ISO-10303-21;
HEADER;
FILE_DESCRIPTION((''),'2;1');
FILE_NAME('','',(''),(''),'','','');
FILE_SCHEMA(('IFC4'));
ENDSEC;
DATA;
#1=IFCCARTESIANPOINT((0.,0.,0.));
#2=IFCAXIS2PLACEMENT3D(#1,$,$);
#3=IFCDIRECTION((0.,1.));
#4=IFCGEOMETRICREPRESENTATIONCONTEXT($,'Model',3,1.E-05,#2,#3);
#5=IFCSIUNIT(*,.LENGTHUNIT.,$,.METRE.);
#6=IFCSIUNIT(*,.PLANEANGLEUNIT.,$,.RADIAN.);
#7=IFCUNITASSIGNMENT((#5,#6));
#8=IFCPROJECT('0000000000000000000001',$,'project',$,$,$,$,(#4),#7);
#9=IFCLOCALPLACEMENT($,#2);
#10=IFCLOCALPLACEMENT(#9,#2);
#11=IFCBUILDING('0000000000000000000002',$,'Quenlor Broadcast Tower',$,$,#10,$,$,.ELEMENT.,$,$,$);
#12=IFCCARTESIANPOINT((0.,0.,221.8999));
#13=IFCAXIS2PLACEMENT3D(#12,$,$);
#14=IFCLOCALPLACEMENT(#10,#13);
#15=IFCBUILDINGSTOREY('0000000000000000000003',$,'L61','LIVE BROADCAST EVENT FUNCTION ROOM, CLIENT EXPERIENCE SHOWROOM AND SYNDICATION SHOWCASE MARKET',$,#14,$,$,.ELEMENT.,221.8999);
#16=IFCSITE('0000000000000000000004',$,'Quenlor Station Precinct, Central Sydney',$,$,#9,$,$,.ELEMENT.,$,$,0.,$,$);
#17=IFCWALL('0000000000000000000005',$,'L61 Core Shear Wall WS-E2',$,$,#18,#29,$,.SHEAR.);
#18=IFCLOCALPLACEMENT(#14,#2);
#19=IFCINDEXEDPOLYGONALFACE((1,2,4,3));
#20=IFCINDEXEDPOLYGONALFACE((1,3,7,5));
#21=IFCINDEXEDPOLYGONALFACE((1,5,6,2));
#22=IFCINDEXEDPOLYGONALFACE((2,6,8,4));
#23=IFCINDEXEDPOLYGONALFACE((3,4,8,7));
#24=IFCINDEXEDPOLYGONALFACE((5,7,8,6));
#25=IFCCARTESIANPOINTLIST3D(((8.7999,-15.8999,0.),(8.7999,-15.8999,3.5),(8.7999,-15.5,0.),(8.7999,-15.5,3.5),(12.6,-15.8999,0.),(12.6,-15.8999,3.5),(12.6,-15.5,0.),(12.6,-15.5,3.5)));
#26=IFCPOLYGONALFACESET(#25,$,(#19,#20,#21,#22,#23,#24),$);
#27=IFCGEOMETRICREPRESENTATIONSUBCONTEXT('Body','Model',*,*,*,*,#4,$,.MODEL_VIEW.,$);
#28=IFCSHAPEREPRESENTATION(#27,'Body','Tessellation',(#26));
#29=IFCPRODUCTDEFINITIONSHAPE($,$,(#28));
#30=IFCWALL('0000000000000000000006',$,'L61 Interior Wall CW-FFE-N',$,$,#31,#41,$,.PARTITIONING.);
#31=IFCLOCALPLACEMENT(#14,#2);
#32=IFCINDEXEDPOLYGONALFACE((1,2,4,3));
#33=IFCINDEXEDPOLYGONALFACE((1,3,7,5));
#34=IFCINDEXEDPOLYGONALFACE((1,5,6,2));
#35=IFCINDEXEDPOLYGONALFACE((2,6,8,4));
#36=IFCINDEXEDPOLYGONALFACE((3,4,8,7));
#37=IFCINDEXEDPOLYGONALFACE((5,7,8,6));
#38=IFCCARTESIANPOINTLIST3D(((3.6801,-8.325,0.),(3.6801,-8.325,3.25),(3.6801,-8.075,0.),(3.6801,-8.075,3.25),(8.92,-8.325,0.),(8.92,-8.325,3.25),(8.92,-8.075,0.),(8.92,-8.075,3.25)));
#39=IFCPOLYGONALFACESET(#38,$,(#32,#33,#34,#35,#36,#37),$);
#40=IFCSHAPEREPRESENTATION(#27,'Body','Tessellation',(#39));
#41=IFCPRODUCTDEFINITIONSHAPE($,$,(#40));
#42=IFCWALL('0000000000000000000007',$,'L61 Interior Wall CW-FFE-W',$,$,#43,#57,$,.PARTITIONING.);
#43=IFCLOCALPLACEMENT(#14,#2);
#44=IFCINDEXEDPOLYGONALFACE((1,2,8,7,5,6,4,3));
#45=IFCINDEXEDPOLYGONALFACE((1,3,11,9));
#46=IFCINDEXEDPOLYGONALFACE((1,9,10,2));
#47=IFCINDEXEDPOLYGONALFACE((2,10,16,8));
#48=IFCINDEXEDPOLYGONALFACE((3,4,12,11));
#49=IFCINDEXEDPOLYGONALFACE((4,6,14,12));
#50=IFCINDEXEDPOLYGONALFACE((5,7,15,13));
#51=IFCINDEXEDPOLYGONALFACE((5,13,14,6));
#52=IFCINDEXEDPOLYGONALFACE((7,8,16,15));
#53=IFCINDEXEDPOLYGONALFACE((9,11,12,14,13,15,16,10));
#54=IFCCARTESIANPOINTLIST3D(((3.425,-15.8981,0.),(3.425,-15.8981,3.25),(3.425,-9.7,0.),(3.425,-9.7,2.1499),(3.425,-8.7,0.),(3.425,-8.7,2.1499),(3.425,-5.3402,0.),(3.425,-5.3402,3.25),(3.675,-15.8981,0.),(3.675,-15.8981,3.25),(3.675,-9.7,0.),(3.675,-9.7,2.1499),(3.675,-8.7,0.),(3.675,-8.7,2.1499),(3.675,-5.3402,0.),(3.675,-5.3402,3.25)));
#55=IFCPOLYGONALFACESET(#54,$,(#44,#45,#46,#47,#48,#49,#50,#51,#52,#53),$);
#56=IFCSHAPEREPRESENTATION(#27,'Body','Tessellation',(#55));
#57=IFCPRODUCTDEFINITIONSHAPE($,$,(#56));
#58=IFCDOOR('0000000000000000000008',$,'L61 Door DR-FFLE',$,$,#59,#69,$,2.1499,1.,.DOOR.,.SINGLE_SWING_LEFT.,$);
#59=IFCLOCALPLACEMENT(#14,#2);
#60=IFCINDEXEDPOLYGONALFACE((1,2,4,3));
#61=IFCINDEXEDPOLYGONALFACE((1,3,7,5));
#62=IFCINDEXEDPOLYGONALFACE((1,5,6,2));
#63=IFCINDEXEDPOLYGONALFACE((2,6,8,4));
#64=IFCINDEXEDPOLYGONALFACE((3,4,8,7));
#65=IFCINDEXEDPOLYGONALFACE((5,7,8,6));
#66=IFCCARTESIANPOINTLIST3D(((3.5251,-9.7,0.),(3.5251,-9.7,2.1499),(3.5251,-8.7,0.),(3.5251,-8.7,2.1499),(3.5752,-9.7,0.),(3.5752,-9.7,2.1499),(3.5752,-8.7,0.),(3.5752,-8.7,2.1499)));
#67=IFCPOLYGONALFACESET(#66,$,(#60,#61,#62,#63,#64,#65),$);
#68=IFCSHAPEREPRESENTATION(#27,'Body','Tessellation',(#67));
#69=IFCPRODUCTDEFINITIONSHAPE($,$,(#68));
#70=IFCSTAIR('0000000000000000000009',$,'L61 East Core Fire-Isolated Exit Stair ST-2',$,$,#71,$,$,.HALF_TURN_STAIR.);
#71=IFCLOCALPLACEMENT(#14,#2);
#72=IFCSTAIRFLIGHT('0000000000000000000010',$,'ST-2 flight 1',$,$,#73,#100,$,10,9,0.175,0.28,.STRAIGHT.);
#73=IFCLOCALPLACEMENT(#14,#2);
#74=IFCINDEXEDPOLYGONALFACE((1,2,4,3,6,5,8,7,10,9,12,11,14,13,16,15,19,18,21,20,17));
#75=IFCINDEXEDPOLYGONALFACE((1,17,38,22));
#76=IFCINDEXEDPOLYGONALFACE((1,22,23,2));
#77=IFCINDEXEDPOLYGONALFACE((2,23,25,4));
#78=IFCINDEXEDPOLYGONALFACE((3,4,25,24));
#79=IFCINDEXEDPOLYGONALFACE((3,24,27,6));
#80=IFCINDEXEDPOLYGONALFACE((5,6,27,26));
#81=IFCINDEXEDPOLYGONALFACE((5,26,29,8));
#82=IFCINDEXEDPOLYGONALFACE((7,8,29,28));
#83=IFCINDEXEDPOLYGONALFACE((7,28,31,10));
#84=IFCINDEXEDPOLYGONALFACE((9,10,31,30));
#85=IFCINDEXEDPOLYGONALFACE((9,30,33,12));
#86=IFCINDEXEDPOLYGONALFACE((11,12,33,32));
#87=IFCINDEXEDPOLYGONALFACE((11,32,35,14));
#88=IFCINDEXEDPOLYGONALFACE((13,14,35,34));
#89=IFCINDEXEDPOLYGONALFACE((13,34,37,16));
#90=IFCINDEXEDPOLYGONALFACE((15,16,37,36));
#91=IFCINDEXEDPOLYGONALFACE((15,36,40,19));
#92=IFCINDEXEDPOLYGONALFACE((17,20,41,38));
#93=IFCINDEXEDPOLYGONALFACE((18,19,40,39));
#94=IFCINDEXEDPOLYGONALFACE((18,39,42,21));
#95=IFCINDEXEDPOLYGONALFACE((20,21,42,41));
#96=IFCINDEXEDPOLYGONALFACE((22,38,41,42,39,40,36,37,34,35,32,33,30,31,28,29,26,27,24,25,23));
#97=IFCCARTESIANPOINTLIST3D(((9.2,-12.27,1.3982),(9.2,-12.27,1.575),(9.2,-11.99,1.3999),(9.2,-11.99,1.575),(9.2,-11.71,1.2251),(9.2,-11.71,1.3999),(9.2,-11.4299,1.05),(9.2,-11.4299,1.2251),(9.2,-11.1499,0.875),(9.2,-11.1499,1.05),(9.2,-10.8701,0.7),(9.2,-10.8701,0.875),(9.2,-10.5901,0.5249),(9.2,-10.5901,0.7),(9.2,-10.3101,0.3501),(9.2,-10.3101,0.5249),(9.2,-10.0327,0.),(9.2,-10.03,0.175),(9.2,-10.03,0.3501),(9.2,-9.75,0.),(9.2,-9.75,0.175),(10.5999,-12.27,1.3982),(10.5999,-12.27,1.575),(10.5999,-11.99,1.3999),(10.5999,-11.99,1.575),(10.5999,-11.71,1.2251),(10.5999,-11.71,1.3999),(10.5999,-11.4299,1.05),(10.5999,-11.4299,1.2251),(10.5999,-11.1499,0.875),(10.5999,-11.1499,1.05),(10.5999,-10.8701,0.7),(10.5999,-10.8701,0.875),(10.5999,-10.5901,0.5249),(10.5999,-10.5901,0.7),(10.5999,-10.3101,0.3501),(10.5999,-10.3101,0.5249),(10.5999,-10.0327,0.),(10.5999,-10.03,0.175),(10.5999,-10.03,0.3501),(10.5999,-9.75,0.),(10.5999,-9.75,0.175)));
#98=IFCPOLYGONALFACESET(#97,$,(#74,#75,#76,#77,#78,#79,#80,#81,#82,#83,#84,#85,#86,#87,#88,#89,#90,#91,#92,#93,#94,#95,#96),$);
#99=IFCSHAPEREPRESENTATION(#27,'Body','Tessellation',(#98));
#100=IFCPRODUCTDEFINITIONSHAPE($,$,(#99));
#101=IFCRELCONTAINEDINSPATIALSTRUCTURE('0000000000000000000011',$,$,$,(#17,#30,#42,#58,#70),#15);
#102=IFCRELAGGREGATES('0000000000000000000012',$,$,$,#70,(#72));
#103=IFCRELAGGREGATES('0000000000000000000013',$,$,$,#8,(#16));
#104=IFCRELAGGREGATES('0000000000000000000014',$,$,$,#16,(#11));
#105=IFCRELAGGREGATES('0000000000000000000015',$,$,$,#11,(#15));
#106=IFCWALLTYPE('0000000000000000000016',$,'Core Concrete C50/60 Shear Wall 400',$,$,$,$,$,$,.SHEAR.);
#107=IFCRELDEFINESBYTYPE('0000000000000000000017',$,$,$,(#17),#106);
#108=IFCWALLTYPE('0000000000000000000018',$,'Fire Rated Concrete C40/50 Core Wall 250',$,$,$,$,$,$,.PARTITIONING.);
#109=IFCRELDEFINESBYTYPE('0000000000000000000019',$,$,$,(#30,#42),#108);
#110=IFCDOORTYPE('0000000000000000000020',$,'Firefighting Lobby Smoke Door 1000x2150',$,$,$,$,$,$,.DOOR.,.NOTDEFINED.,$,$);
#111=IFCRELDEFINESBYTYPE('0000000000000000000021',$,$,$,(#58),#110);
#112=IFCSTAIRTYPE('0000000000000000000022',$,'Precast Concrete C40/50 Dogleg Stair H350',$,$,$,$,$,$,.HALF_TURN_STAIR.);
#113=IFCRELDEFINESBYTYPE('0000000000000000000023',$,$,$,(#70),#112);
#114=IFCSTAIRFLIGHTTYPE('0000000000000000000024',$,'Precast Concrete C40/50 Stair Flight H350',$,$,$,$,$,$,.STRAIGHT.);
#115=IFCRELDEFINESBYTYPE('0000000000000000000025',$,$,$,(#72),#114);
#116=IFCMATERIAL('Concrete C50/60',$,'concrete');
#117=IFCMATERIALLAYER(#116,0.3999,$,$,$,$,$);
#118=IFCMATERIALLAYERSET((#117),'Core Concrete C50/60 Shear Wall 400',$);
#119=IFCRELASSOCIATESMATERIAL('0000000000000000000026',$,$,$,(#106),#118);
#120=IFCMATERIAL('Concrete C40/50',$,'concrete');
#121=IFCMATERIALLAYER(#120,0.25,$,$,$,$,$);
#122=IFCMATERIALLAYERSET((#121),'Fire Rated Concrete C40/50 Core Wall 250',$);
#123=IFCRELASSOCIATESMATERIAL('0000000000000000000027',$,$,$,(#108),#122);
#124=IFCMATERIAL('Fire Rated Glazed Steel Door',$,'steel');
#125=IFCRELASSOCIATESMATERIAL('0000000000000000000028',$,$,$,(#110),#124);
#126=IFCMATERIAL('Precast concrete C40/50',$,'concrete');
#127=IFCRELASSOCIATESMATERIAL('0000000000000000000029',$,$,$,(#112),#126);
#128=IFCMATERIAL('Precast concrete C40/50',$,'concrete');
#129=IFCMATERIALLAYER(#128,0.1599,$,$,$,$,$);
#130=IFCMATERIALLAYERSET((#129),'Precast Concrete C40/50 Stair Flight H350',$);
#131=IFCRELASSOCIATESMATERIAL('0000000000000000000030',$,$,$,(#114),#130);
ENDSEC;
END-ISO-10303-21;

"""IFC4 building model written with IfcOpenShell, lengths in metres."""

from ifc_helpers import new_model, si_unit, direction, frame, frame_2d, origin, place, context, subcontext, project, spatial, polyline, rectangle, outline, extrude, material, layer, layer_set, type_object, element, fill, aggregate, save


model = new_model("IFC4")

# Units and contexts
model_context = context("Model", 3, precision=1e-05, world=origin(), true_north=direction((0.0, 1.0)))
body_context = subcontext(model_context, "Body", "Model", "MODEL_VIEW")
ifc_project = project(units=[si_unit("LENGTHUNIT", "METRE"), si_unit("PLANEANGLEUNIT", "RADIAN")], contexts=[model_context])

# Site, building, storey
site_placement = place(None, origin())
site = spatial("IfcSite", under=ifc_project, at=site_placement, Name="Quenlor Station Precinct, Central Sydney", CompositionType="ELEMENT", RefElevation=0.0)
building_placement = place(site_placement, origin())
building = spatial("IfcBuilding", under=site, at=building_placement, Name="Quenlor Broadcast Tower", CompositionType="ELEMENT")
storey_placement = place(building_placement, frame((0.0, 0.0, 221.8999)))
storey = spatial("IfcBuildingStorey", under=building, at=storey_placement, Name="L61", Description="LIVE BROADCAST EVENT FUNCTION ROOM, CLIENT EXPERIENCE SHOWROOM AND SYNDICATION SHOWCASE MARKET", CompositionType="ELEMENT", Elevation=221.8999)

# Wall
ifc_material_1 = material(Name="Concrete C50/60", Category="concrete")
ifc_layer_1 = layer(ifc_material_1, 0.3999)
ifc_layer_set_1 = layer_set([ifc_layer_1], Name="Core Concrete C50/60 Shear Wall 400")
wall_type_1 = type_object("IfcWallType", Name="Core Concrete C50/60 Shear Wall 400", PredefinedType="SHEAR", material=ifc_layer_set_1)
wall_1_placement = place(storey_placement, frame((8.8, -15.7, 0.0), z_axis=(0.0, 0.0, 1.0), x_axis=(1.0, 0.0, 0.0)))
element("IfcWall", 1, at=wall_1_placement, inside=storey, type_object=wall_type_1, Name="L61 Core Shear Wall WS-E2", PredefinedType="SHEAR", context=body_context, shape_type="SweptSolid", body=[
    extrude(rectangle(XDim=3.8, YDim=0.3999, at=frame_2d((1.8999, 0.0))), origin(), (0.0, 0.0, 1.0), 3.5),
])

# Shared definitions
ifc_material_2 = material(Name="Concrete C40/50", Category="concrete")
ifc_layer_2 = layer(ifc_material_2, 0.25)
ifc_layer_set_2 = layer_set([ifc_layer_2], Name="Fire Rated Concrete C40/50 Core Wall 250")
wall_type_2 = type_object("IfcWallType", Name="Fire Rated Concrete C40/50 Core Wall 250", PredefinedType="PARTITIONING", material=ifc_layer_set_2)

# Wall
wall_2_placement = place(storey_placement, frame((3.6799, -8.2, 0.0), z_axis=(0.0, 0.0, 1.0), x_axis=(1.0, 0.0, 0.0)))
element("IfcWall", 2, at=wall_2_placement, inside=storey, type_object=wall_type_2, Name="L61 Interior Wall CW-FFE-N", PredefinedType="PARTITIONING", context=body_context, shape_type="SweptSolid", body=[
    extrude(rectangle(XDim=5.24, YDim=0.25, at=frame_2d((2.6201, 0.0))), origin(), (0.0, 0.0, 1.0), 3.25),
])

# Wall, opening, door
wall_3_placement = place(storey_placement, frame((3.55, -15.8979, 0.0), z_axis=(0.0, 0.0, 1.0), x_axis=(0.0, 1.0, 0.0)))
wall_3 = element("IfcWall", 3, at=wall_3_placement, inside=storey, type_object=wall_type_2, Name="L61 Interior Wall CW-FFE-W", PredefinedType="PARTITIONING", context=body_context, shape_type="SweptSolid", body=[
    extrude(rectangle(XDim=10.5579, YDim=0.25, at=frame_2d((5.2788, 0.0))), origin(), (0.0, 0.0, 1.0), 3.25),
])
opening_1_placement = place(wall_3_placement, frame((6.198, 0.0, 0.0)))
opening_1 = element("IfcOpeningElement", 4, at=opening_1_placement, cuts=wall_3, PredefinedType="OPENING", context=body_context, shape_type="SweptSolid", body=[
    extrude(rectangle(XDim=1.0, YDim=2.1499, at=frame_2d((0.5, 1.075))), frame((0.0, 0.135, 0.0), z_axis=(0.0, -1.0, 0.0), x_axis=(1.0, 0.0, 0.0)), (0.0, 0.0, 1.0), 0.27),
])
ifc_material_3 = material(Name="Fire Rated Glazed Steel Door", Category="steel")
door_type_1 = type_object("IfcDoorType", Name="Firefighting Lobby Smoke Door 1000x2150", OperationType="NOTDEFINED", PredefinedType="DOOR", material=ifc_material_3)
door_1_placement = place(opening_1_placement, origin())
door_1 = element("IfcDoor", 5, at=door_1_placement, inside=storey, type_object=door_type_1, Name="L61 Door DR-FFLE", OperationType="SINGLE_SWING_LEFT", OverallHeight=2.1499, OverallWidth=1.0, PredefinedType="DOOR", context=body_context, shape_type="SweptSolid", body=[
    extrude(rectangle(XDim=1.0, YDim=2.1499, at=frame_2d((0.5, 1.075))), frame((0.0, 0.0249, 0.0), z_axis=(0.0, -1.0, 0.0), x_axis=(1.0, 0.0, 0.0)), (0.0, 0.0, 1.0), 0.05),
])
fill(opening_1, door_1)

# Stair, stair flight
ifc_material_4 = material(Name="Precast concrete C40/50", Category="concrete")
stair_type = type_object("IfcStairType", Name="Precast Concrete C40/50 Dogleg Stair H350", PredefinedType="HALF_TURN_STAIR", material=ifc_material_4)
stair_placement = place(storey_placement, origin())
stair = element("IfcStair", 6, at=stair_placement, inside=storey, type_object=stair_type, Name="L61 East Core Fire-Isolated Exit Stair ST-2", PredefinedType="HALF_TURN_STAIR")
ifc_material_5 = material(Name="Precast concrete C40/50", Category="concrete")
ifc_layer_3 = layer(ifc_material_5, 0.1599)
ifc_layer_set_3 = layer_set([ifc_layer_3], Name="Precast Concrete C40/50 Stair Flight H350")
stair_flight_type = type_object("IfcStairFlightType", Name="Precast Concrete C40/50 Stair Flight H350", PredefinedType="STRAIGHT", material=ifc_layer_set_3)
stair_flight_placement = place(storey_placement, frame((9.8999, -9.75, 0.0), z_axis=(0.0, 0.0, 1.0), x_axis=(0.0, -1.0, 0.0)))
stair_flight = element("IfcStairFlight", 7, at=stair_flight_placement, type_object=stair_flight_type, Name="ST-2 flight 1", NumberOfRisers=10, NumberOfTreads=9, PredefinedType="STRAIGHT", RiserHeight=0.175, TreadLength=0.28, context=body_context, shape_type="SweptSolid", body=[
    extrude(outline(polyline([(0.0, 0.0), (0.0, 0.175), (0.28, 0.175), (0.28, 0.3501), (0.5601, 0.3501), (0.5601, 0.5249), (0.8401, 0.5249), (0.8401, 0.7), (1.1201, 0.7), (1.1201, 0.875), (1.3999, 0.875), (1.3999, 1.05), (1.6799, 1.05), (1.6799, 1.2251), (1.96, 1.2251), (1.96, 1.3999), (2.24, 1.3999), (2.24, 1.575), (2.52, 1.575), (2.52, 1.75), (2.52, 1.3982), (0.2827, 0.0), (0.0, 0.0)])), frame((0.0, 0.7, 0.0), z_axis=(0.0, -1.0, 0.0), x_axis=(1.0, 0.0, 0.0)), (0.0, 0.0, 1.0), 1.3999),
])
aggregate(stair, [stair_flight])

save(model, "model.ifc")
